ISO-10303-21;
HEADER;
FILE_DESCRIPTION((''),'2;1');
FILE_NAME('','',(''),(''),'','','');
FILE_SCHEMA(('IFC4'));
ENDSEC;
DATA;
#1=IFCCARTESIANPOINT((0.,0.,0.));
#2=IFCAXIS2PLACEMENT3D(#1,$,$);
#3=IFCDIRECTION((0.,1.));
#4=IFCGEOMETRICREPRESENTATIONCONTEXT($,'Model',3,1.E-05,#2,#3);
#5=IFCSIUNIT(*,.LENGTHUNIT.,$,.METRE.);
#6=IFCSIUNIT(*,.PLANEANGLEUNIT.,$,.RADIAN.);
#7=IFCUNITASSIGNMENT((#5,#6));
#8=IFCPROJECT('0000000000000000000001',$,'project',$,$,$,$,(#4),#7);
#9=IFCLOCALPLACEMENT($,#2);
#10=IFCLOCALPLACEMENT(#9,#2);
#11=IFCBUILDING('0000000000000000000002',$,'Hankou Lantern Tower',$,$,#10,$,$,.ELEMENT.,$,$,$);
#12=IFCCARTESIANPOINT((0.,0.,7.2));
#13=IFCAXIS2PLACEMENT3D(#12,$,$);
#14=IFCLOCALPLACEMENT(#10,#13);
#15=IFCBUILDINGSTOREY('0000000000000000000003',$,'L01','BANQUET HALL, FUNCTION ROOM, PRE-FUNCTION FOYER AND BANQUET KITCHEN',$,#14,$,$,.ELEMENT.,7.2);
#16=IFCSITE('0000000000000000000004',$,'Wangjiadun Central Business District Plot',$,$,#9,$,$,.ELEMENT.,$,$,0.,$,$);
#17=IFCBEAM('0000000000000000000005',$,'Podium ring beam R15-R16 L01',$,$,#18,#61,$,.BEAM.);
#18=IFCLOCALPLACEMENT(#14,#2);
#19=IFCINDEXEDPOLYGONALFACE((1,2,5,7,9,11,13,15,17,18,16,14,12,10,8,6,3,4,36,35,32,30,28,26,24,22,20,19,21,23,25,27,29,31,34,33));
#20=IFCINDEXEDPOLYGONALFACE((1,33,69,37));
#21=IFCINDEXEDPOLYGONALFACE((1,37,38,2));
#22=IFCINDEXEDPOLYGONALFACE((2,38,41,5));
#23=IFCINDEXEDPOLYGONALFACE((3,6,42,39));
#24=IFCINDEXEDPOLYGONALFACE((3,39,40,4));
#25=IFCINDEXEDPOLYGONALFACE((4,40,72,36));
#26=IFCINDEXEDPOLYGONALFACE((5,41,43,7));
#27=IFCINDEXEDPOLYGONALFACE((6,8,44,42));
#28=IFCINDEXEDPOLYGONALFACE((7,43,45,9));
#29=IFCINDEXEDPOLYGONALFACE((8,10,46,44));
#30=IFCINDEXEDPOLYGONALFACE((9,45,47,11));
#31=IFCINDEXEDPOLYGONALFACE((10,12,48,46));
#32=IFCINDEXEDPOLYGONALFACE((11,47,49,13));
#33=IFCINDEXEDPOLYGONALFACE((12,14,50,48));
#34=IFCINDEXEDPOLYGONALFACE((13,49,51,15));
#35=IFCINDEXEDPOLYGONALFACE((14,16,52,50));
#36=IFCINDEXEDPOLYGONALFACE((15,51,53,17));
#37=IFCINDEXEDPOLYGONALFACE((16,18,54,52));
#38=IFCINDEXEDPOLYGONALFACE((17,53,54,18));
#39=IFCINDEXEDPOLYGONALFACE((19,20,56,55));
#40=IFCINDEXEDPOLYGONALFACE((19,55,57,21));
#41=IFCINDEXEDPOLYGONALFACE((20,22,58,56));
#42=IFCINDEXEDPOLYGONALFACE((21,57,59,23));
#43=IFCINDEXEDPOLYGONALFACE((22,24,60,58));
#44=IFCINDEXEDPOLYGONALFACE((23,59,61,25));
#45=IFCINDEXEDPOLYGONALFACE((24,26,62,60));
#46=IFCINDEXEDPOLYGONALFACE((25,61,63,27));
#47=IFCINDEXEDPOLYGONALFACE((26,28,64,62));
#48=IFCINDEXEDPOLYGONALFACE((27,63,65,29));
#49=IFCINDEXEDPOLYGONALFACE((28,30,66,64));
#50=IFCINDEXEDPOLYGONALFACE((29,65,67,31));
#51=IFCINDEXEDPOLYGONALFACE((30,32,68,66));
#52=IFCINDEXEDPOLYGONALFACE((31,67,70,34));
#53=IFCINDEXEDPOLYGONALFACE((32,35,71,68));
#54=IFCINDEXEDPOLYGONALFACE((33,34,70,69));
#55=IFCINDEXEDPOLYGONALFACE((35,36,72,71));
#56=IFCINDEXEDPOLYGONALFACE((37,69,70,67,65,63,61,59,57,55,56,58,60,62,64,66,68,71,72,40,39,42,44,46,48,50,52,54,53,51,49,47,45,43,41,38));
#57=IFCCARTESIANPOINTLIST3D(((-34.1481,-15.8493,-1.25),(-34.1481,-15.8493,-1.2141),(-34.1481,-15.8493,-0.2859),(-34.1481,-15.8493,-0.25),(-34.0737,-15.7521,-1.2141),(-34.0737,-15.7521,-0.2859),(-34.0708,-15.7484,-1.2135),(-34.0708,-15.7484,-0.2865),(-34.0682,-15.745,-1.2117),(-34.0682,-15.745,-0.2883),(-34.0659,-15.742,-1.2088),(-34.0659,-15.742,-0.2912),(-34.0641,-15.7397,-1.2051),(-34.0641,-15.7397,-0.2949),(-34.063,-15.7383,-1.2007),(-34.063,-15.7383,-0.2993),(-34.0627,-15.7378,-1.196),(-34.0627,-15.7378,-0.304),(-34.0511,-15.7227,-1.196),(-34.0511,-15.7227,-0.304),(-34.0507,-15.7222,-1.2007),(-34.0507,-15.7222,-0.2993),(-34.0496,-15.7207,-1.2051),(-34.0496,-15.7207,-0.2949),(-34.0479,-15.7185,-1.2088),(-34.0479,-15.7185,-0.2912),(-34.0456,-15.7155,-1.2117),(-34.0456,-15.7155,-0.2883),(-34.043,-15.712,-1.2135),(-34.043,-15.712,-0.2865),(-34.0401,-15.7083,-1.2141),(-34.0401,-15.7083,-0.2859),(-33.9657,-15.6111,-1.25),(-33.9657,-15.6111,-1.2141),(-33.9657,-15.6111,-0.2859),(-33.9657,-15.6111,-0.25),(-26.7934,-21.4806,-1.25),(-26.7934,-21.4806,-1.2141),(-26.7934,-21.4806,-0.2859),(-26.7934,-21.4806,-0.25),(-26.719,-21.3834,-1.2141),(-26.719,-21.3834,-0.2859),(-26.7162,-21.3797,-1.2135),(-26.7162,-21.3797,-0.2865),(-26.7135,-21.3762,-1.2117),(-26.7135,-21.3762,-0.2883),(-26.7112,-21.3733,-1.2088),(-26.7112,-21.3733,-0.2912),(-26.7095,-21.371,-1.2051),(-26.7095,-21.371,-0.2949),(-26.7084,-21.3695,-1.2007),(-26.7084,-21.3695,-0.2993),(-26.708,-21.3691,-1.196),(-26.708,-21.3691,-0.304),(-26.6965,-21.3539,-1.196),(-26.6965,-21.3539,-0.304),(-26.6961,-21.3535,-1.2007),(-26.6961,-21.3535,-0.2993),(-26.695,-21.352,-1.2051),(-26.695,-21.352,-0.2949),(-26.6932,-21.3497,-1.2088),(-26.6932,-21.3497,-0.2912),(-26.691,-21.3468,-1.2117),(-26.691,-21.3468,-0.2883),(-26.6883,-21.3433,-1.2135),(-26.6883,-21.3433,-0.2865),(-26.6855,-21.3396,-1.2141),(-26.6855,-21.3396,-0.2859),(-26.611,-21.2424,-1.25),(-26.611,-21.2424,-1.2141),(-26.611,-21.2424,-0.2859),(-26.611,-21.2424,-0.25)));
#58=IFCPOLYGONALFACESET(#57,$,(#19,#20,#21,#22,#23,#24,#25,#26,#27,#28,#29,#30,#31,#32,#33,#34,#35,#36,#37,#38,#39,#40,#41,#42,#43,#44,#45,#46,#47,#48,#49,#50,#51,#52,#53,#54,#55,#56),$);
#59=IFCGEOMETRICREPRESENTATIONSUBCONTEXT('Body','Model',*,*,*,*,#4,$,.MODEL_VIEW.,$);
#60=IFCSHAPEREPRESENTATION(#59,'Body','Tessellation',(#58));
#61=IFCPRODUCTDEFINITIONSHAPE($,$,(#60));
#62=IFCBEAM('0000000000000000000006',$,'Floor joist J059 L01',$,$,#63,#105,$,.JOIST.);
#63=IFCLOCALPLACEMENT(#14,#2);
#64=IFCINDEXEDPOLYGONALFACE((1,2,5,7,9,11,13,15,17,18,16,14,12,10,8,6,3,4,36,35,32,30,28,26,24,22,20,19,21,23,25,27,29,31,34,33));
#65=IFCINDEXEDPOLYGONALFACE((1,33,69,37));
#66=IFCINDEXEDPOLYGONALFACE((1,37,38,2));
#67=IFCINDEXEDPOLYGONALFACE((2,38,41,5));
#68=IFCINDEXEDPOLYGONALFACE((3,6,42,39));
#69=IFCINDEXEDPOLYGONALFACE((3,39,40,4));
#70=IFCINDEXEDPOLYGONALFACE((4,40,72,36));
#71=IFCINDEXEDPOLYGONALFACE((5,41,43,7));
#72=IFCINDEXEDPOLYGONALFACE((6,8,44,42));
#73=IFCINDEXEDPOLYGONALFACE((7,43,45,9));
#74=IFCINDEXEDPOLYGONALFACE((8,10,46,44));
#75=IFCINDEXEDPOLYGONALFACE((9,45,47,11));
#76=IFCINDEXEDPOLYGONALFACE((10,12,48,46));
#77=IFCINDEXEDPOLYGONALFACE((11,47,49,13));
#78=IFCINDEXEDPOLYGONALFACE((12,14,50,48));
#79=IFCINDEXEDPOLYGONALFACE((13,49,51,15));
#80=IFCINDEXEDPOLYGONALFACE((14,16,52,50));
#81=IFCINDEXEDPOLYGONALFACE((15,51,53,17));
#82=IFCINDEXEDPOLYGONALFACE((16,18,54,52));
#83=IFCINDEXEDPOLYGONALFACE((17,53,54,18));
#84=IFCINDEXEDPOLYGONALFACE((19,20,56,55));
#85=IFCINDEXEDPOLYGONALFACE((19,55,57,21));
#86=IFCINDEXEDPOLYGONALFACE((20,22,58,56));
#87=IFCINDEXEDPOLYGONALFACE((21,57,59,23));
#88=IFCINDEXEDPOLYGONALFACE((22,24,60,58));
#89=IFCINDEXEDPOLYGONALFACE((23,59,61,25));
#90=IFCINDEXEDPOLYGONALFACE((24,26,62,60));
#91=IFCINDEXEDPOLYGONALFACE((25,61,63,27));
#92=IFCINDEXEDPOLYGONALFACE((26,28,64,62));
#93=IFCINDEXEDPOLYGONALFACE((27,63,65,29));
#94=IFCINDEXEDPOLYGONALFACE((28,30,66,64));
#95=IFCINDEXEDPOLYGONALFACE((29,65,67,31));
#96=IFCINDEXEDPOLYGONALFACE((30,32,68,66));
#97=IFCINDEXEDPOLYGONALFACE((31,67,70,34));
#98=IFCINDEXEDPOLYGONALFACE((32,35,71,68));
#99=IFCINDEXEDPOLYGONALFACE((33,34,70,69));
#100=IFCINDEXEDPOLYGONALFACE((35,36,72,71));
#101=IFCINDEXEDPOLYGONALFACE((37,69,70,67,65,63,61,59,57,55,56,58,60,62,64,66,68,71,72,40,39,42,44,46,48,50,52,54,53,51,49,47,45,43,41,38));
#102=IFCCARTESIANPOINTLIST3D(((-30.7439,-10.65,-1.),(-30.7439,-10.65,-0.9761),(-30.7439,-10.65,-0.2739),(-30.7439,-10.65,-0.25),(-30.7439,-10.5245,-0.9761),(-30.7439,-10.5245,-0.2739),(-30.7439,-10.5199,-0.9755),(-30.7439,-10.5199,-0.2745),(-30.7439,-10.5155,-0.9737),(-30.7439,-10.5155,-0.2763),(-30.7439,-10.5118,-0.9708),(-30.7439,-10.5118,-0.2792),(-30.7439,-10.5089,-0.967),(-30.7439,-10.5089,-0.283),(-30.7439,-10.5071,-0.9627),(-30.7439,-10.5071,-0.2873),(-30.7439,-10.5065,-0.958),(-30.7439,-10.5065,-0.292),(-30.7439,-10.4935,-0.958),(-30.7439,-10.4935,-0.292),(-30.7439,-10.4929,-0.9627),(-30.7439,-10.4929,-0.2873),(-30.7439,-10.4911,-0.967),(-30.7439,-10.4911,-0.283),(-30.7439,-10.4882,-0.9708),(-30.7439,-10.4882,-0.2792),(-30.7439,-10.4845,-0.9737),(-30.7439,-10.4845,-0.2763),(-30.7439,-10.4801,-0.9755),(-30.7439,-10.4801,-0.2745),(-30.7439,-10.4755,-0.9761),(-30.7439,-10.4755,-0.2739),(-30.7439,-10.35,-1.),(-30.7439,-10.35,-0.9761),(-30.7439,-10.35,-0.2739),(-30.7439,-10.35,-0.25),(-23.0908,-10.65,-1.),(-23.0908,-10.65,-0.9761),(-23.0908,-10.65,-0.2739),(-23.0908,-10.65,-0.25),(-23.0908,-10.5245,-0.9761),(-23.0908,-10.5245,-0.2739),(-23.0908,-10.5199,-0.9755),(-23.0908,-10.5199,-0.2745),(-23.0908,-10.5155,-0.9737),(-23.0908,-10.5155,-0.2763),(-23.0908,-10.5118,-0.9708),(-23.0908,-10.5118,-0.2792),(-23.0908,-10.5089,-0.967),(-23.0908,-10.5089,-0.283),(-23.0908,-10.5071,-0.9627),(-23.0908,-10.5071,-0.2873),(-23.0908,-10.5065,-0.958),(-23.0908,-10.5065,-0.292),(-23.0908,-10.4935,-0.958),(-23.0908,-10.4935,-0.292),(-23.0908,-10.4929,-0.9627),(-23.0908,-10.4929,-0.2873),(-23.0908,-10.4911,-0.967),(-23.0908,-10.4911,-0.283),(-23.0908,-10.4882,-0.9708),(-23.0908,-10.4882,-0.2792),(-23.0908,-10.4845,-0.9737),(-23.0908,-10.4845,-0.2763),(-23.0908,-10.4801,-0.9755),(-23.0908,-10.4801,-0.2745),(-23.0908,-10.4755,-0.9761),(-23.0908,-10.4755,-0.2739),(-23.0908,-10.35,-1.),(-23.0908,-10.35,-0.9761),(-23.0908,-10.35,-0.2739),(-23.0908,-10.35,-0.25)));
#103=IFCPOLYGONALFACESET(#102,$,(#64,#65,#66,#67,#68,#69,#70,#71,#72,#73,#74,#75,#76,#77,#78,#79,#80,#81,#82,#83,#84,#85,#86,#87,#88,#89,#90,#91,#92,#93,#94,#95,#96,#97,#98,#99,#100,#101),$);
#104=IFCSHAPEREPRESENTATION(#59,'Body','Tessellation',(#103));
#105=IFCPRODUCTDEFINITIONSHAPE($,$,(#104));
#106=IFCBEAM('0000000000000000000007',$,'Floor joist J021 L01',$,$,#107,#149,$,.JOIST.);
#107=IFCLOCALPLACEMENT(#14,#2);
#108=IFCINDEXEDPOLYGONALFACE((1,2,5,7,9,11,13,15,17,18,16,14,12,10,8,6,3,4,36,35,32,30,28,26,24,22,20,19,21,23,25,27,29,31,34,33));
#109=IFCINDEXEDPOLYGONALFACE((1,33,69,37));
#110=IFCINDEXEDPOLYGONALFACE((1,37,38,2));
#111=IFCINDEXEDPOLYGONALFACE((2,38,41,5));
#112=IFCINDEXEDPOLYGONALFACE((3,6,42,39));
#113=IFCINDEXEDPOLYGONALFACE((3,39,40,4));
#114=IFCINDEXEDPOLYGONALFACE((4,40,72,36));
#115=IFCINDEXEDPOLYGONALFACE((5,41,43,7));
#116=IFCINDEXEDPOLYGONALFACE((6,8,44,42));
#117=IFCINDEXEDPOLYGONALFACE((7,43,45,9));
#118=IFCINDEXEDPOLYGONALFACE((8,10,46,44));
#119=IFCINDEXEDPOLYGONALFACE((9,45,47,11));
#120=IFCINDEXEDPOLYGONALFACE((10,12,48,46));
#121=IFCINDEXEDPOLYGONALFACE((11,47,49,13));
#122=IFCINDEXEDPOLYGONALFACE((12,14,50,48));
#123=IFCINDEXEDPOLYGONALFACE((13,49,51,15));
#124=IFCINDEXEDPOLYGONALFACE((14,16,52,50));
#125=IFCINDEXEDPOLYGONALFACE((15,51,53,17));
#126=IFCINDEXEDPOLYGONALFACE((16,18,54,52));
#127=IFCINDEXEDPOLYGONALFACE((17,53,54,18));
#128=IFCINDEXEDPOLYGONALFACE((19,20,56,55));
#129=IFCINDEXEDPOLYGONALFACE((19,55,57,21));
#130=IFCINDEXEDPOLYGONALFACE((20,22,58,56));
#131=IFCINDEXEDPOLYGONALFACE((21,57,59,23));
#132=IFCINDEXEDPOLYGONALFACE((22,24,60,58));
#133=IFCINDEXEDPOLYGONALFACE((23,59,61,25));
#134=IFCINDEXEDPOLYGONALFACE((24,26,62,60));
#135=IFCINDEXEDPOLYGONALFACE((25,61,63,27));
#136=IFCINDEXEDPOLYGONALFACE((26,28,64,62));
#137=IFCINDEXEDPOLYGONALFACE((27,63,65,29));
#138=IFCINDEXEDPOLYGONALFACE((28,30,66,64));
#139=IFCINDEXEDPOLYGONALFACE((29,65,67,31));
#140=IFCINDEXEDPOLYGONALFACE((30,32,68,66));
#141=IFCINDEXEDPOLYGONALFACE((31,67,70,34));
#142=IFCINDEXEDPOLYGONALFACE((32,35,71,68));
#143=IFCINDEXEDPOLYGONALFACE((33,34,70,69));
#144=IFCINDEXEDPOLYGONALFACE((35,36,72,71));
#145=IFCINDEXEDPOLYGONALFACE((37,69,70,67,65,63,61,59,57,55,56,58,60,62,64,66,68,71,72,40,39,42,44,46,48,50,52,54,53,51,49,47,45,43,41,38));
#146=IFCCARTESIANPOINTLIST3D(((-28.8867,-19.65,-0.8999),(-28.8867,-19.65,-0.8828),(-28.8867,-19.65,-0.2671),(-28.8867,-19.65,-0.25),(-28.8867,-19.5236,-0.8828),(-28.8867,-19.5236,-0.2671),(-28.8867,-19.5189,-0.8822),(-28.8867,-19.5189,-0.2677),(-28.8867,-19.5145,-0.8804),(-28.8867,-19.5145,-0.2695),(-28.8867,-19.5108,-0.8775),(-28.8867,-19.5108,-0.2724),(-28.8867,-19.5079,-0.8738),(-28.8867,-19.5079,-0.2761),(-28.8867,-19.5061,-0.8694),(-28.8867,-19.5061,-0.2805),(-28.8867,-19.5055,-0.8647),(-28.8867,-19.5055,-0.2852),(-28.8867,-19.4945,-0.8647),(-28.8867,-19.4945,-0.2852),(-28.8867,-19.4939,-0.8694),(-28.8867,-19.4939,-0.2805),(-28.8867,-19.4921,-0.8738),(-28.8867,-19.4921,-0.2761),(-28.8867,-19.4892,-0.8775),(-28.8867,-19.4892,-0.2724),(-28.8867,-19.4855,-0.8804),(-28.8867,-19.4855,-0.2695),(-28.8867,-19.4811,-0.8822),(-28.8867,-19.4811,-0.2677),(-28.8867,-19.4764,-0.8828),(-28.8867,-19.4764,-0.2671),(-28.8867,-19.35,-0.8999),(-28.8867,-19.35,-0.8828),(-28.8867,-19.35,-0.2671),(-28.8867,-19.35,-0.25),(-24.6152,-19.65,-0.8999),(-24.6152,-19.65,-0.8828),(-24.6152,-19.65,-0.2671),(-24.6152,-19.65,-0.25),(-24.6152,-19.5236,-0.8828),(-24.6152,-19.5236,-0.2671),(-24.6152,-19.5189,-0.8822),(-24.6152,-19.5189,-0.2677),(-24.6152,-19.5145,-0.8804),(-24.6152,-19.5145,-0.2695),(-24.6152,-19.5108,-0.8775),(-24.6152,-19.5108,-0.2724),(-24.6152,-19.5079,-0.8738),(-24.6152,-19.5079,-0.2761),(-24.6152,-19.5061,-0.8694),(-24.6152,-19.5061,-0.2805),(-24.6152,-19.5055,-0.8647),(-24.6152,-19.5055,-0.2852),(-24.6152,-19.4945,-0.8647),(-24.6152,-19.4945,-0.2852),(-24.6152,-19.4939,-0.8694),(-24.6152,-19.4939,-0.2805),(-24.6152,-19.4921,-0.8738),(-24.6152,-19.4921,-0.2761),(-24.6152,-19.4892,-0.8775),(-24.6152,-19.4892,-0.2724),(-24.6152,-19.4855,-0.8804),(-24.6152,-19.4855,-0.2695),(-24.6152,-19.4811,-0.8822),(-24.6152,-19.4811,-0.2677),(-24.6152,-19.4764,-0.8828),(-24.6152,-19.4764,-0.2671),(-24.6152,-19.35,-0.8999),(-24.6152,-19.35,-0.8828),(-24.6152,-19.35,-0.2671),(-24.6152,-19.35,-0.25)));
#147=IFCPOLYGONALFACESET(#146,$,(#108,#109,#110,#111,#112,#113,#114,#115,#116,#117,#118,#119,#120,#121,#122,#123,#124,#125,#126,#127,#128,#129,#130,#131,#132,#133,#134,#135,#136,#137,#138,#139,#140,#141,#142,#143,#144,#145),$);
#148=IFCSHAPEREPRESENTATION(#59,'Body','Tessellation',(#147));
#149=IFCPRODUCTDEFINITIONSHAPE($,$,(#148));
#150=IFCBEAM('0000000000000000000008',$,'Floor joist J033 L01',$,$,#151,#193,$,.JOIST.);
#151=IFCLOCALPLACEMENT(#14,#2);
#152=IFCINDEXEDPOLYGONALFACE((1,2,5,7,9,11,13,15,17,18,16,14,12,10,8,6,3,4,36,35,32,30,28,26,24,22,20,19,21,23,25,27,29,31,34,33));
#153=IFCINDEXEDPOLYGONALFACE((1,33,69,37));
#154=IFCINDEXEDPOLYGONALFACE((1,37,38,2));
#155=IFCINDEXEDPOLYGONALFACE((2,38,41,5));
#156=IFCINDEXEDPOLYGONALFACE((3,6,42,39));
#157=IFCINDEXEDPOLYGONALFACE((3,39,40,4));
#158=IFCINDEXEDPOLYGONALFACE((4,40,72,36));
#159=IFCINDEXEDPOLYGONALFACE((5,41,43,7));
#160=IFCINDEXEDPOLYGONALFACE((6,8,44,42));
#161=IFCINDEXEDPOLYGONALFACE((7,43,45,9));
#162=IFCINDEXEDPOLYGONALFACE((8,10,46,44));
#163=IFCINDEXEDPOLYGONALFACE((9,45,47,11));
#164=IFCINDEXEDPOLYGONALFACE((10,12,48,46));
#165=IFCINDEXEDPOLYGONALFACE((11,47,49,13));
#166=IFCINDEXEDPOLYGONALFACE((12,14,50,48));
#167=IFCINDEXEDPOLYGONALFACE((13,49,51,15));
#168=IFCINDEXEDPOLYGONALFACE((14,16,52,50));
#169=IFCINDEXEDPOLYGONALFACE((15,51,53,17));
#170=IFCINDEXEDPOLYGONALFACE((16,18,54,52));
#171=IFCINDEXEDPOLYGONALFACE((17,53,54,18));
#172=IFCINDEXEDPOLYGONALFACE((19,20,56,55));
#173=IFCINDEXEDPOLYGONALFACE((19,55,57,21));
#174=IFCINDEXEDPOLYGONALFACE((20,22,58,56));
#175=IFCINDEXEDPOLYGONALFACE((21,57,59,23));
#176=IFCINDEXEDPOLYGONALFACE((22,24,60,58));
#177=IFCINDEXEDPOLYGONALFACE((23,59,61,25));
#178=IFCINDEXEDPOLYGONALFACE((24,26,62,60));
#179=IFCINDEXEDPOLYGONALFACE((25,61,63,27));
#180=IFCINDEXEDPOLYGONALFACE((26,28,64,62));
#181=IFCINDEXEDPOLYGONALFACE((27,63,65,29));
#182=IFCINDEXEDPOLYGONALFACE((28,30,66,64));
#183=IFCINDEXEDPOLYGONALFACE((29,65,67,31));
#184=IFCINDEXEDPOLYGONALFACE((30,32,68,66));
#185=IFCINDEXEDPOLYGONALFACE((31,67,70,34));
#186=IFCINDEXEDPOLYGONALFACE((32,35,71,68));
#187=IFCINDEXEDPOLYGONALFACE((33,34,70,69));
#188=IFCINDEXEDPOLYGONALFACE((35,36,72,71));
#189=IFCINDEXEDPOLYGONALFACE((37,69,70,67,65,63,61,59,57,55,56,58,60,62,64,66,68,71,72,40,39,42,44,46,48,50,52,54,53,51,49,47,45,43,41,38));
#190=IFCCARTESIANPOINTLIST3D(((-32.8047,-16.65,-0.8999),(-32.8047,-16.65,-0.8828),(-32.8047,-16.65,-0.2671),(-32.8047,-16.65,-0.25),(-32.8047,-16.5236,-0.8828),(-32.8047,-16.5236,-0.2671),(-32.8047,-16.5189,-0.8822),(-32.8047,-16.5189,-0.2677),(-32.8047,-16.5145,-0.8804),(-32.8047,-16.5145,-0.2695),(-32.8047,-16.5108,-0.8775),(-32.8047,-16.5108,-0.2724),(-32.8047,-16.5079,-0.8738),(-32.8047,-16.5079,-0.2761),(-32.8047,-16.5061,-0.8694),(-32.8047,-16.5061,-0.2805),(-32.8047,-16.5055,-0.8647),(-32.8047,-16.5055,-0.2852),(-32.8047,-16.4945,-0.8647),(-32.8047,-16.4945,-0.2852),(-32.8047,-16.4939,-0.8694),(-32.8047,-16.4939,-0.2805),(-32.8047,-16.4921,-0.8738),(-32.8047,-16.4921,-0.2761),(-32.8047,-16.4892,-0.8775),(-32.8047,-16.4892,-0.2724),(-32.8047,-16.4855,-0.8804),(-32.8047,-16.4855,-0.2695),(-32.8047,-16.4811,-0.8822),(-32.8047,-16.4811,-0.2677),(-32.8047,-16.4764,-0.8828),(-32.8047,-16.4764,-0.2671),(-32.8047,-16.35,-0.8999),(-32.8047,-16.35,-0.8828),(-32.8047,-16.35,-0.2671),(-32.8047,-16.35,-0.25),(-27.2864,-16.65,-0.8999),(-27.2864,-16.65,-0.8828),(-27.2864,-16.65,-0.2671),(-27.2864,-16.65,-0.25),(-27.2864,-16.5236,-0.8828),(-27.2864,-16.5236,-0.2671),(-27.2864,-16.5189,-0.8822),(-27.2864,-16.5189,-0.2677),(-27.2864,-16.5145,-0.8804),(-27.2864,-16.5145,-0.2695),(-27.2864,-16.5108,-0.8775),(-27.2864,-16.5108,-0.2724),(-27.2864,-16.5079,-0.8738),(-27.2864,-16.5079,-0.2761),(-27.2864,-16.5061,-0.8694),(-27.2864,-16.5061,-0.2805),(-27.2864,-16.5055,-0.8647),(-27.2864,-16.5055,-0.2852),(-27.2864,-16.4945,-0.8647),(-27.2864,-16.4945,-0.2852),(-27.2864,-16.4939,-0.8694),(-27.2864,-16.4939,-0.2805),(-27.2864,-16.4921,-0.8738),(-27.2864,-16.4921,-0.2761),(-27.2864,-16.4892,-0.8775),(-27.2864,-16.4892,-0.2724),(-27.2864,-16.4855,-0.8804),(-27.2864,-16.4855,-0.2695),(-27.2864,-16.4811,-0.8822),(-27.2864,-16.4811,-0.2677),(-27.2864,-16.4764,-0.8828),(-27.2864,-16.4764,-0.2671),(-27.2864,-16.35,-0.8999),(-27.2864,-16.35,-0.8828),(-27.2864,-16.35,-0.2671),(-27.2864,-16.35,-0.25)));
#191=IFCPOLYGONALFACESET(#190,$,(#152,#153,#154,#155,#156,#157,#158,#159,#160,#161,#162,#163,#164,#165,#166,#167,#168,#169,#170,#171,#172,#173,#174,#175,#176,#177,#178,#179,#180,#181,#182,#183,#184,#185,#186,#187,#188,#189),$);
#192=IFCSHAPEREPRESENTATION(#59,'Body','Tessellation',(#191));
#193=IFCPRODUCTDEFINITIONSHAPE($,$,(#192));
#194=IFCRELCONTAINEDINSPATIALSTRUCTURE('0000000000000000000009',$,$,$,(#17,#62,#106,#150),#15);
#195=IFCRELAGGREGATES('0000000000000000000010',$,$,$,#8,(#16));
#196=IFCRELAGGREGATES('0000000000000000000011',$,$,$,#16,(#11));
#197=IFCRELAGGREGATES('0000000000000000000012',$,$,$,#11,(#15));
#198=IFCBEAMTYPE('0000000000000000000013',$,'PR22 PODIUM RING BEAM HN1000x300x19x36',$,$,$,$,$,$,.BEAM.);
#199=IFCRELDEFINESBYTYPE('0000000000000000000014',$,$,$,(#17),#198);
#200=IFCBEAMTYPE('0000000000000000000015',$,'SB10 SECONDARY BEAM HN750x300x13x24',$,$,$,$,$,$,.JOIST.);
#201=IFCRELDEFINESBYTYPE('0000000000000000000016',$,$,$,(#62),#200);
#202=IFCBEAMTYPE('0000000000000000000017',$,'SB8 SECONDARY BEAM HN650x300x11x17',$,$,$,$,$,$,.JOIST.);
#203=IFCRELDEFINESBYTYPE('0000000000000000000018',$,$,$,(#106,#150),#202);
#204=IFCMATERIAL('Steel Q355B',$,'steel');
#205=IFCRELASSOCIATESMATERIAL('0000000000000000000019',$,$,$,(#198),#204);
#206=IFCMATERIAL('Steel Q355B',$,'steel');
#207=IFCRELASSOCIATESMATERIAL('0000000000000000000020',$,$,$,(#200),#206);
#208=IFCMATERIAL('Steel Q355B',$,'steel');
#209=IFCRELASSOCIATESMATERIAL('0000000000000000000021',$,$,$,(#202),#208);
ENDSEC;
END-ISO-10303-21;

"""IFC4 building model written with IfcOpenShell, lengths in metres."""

from ifc_helpers import new_model, si_unit, direction, frame, origin, origin_2d, place, context, subcontext, project, spatial, i_section, extrude, material, material_profile, profile_set, type_object, element, save


model = new_model("IFC4")

# Units and contexts
model_context = context("Model", 3, precision=1e-05, world=origin(), true_north=direction((0.0, 1.0)))
body_context = subcontext(model_context, "Body", "Model", "MODEL_VIEW")
ifc_project = project(units=[si_unit("LENGTHUNIT", "METRE"), si_unit("PLANEANGLEUNIT", "RADIAN")], contexts=[model_context])

# Site, building, storey
site_placement = place(None, origin())
site = spatial("IfcSite", under=ifc_project, at=site_placement, Name="Wangjiadun Central Business District Plot", CompositionType="ELEMENT", RefElevation=0.0)
building_placement = place(site_placement, origin())
building = spatial("IfcBuilding", under=site, at=building_placement, Name="Hankou Lantern Tower", CompositionType="ELEMENT")
storey_placement = place(building_placement, frame((0.0, 0.0, 7.2)))
storey = spatial("IfcBuildingStorey", under=building, at=storey_placement, Name="L01", Description="BANQUET HALL, FUNCTION ROOM, PRE-FUNCTION FOYER AND BANQUET KITCHEN", CompositionType="ELEMENT", Elevation=7.2)

# Beams
ifc_material_1 = material(Name="Steel Q355B", Category="steel")
ifc_material_profile_1 = material_profile(ifc_material_1, i_section(OverallWidth=0.3, OverallDepth=1.0, WebThickness=0.019, FlangeThickness=0.0359, FilletRadius=0.0181, at=origin_2d()), Name="HN1000x300x19x36")
ifc_profile_set_1 = profile_set([ifc_material_profile_1], Name="Steel Q355B")
beam_type_1 = type_object("IfcBeamType", Name="PR22 PODIUM RING BEAM HN1000x300x19x36", PredefinedType="BEAM", material=ifc_profile_set_1)
beam_1_placement = place(storey_placement, frame((-34.0569, -15.7302, -0.75), z_axis=(0.793986, -0.607936, 0.0), x_axis=(0.607936, 0.793986, 0.0)))
element("IfcBeam", 1, at=beam_1_placement, inside=storey, type_object=beam_type_1, Name="Podium ring beam R15-R16 L01", PredefinedType="BEAM", context=body_context, shape_type="SweptSolid", body=[
    extrude(i_section(OverallWidth=0.3, OverallDepth=1.0, WebThickness=0.019, FlangeThickness=0.0359, FilletRadius=0.0181, at=origin_2d()), origin(), (0.0, 0.0, 1.0), 9.2629),
])
ifc_material_2 = material(Name="Steel Q355B", Category="steel")
ifc_material_profile_2 = material_profile(ifc_material_2, i_section(OverallWidth=0.3, OverallDepth=0.75, WebThickness=0.0129, FlangeThickness=0.0239, FilletRadius=0.0181, at=origin_2d()), Name="HN750x300x13x24")
ifc_profile_set_2 = profile_set([ifc_material_profile_2], Name="Steel Q355B")
beam_type_2 = type_object("IfcBeamType", Name="SB10 SECONDARY BEAM HN750x300x13x24", PredefinedType="JOIST", material=ifc_profile_set_2)
beam_2_placement = place(storey_placement, frame((-30.7439, -10.5, -0.625), z_axis=(1.0, 0.0, 0.0), x_axis=(0.0, 1.0, 0.0)))
element("IfcBeam", 2, at=beam_2_placement, inside=storey, type_object=beam_type_2, Name="Floor joist J059 L01", PredefinedType="JOIST", context=body_context, shape_type="SweptSolid", body=[
    extrude(i_section(OverallWidth=0.3, OverallDepth=0.75, WebThickness=0.0129, FlangeThickness=0.0239, FilletRadius=0.0181, at=origin_2d()), origin(), (0.0, 0.0, 1.0), 7.6531),
])
ifc_material_3 = material(Name="Steel Q355B", Category="steel")
ifc_material_profile_3 = material_profile(ifc_material_3, i_section(OverallWidth=0.3, OverallDepth=0.6499, WebThickness=0.011, FlangeThickness=0.0171, FilletRadius=0.0181, at=origin_2d()), Name="HN650x300x11x17")
ifc_profile_set_3 = profile_set([ifc_material_profile_3], Name="Steel Q355B")
beam_type_3 = type_object("IfcBeamType", Name="SB8 SECONDARY BEAM HN650x300x11x17", PredefinedType="JOIST", material=ifc_profile_set_3)
beam_3_placement = place(storey_placement, frame((-28.8867, -19.5, -0.575), z_axis=(1.0, 0.0, 0.0), x_axis=(0.0, 1.0, 0.0)))
element("IfcBeam", 3, at=beam_3_placement, inside=storey, type_object=beam_type_3, Name="Floor joist J021 L01", PredefinedType="JOIST", context=body_context, shape_type="SweptSolid", body=[
    extrude(i_section(OverallWidth=0.3, OverallDepth=0.6499, WebThickness=0.011, FlangeThickness=0.0171, FilletRadius=0.0181, at=origin_2d()), origin(), (0.0, 0.0, 1.0), 4.2715),
])
beam_4_placement = place(storey_placement, frame((-32.8047, -16.5, -0.575), z_axis=(1.0, 0.0, 0.0), x_axis=(0.0, 1.0, 0.0)))
element("IfcBeam", 4, at=beam_4_placement, inside=storey, type_object=beam_type_3, Name="Floor joist J033 L01", PredefinedType="JOIST", context=body_context, shape_type="SweptSolid", body=[
    extrude(i_section(OverallWidth=0.3, OverallDepth=0.6499, WebThickness=0.011, FlangeThickness=0.0171, FilletRadius=0.0181, at=origin_2d()), origin(), (0.0, 0.0, 1.0), 5.5183),
])

save(model, "model.ifc")
